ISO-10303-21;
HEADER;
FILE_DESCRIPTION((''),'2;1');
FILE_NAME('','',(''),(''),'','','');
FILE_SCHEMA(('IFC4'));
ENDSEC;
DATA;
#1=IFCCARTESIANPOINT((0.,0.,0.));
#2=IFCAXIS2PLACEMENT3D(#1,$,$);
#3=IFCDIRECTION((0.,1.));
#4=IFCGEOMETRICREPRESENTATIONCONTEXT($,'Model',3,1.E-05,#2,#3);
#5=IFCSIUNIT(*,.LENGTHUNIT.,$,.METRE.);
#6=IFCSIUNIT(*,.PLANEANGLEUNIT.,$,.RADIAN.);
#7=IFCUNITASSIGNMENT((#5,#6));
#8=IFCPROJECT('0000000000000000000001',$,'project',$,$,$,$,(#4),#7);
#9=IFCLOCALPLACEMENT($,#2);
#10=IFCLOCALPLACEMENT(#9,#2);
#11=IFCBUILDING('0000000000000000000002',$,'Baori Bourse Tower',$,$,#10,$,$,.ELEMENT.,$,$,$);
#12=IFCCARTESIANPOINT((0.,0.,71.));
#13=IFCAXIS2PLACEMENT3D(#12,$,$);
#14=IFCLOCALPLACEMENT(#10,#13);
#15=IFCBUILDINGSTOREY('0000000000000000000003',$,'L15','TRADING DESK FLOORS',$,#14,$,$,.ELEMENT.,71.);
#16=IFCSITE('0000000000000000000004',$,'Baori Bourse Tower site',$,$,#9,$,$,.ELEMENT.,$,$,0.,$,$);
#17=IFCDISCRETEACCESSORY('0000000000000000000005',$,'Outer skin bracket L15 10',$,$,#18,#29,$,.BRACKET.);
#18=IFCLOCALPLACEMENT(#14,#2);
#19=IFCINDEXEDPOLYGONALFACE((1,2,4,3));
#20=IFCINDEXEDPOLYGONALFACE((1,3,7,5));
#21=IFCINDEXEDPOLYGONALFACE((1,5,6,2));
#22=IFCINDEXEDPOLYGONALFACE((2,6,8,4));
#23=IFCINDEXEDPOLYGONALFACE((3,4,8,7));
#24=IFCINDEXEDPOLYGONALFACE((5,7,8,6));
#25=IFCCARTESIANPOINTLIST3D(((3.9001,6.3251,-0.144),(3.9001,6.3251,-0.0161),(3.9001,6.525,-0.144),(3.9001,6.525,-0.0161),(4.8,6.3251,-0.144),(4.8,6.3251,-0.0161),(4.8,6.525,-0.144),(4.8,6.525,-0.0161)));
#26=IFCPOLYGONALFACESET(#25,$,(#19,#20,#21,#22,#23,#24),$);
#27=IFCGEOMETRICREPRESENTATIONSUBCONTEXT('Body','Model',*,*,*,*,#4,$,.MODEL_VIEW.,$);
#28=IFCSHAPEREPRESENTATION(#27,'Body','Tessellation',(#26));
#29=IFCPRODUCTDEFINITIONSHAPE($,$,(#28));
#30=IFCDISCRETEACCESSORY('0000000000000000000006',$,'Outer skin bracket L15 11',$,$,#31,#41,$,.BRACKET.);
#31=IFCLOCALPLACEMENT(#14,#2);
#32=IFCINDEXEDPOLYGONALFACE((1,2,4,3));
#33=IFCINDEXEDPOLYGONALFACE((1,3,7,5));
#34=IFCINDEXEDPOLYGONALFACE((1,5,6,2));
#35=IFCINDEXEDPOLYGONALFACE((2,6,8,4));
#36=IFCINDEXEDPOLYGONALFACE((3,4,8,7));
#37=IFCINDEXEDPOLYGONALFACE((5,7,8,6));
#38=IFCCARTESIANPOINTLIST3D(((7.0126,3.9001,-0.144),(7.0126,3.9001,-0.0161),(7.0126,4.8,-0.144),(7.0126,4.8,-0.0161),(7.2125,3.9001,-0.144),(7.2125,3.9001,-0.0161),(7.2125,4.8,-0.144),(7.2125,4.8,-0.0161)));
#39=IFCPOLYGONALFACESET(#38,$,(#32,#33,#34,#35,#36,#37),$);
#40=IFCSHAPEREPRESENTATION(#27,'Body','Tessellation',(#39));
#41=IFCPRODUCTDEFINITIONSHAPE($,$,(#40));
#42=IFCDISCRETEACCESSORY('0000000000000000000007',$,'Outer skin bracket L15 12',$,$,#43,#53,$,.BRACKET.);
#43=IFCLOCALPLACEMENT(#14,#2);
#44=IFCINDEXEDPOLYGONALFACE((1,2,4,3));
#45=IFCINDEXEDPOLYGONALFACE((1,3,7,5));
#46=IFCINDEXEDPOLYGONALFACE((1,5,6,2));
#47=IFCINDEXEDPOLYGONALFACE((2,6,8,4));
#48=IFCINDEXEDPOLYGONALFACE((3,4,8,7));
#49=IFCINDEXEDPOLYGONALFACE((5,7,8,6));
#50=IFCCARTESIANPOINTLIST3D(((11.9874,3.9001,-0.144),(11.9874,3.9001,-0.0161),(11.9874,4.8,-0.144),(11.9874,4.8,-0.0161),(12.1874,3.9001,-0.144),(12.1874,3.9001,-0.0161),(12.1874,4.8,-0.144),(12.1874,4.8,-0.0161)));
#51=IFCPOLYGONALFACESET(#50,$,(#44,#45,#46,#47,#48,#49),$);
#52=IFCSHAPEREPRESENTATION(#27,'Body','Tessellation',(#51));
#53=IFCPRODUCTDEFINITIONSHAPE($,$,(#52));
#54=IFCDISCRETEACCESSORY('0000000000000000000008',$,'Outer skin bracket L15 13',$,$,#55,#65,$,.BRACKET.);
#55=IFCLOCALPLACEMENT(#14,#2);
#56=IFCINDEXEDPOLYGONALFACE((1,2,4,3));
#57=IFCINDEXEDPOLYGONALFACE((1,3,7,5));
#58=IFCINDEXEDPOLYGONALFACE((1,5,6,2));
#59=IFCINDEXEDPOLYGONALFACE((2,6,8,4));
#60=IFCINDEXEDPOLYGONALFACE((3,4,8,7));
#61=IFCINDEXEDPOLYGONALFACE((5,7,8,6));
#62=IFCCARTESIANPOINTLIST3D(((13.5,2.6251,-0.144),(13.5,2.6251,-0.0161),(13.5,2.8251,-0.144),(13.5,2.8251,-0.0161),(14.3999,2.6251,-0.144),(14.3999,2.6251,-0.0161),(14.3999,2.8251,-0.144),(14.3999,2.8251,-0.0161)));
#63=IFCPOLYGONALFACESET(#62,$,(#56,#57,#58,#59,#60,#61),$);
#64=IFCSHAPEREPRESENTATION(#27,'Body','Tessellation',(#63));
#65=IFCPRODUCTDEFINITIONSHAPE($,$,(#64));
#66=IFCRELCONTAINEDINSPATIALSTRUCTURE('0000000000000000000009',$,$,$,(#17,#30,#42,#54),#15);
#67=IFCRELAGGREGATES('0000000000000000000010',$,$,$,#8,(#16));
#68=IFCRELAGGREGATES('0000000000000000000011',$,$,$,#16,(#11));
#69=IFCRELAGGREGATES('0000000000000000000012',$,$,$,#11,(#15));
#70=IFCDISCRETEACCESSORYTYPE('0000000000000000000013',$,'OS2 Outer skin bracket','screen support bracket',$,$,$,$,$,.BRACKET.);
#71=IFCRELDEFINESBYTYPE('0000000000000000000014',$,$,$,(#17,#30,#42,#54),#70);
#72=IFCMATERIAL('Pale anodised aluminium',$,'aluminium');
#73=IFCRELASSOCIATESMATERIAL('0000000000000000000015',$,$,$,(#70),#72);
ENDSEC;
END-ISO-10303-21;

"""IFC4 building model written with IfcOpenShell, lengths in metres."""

from ifc_helpers import new_model, si_unit, direction, frame, origin, origin_2d, place, context, subcontext, project, spatial, rectangle, extrude, material, type_object, element, save


model = new_model("IFC4")

# Units and contexts
model_context = context("Model", 3, precision=1e-05, world=origin(), true_north=direction((0.0, 1.0)))
body_context = subcontext(model_context, "Body", "Model", "MODEL_VIEW")
ifc_project = project(units=[si_unit("LENGTHUNIT", "METRE"), si_unit("PLANEANGLEUNIT", "RADIAN")], contexts=[model_context])

# Site, building, storey
site_placement = place(None, origin())
site = spatial("IfcSite", under=ifc_project, at=site_placement, Name="Baori Bourse Tower site", CompositionType="ELEMENT", RefElevation=0.0)
building_placement = place(site_placement, origin())
building = spatial("IfcBuilding", under=site, at=building_placement, Name="Baori Bourse Tower", CompositionType="ELEMENT")
storey_placement = place(building_placement, frame((0.0, 0.0, 71.0)))
storey = spatial("IfcBuildingStorey", under=building, at=storey_placement, Name="L15", Description="TRADING DESK FLOORS", CompositionType="ELEMENT", Elevation=71.0)

# Discrete accessories
ifc_material_1 = material(Name="Pale anodised aluminium", Category="aluminium")
discrete_accessory_type = type_object("IfcDiscreteAccessoryType", Name="OS2 Outer skin bracket", Description="screen support bracket", PredefinedType="BRACKET", material=ifc_material_1)
for number, where, z_axis, x_axis, name in (
    (1, (4.3501, 6.425, -0.144), (0.0, 0.0, 1.0), (0.0, -1.0, 0.0), "Outer skin bracket L15 10"),
    (2, (7.1125, 4.3501, -0.144), (0.0, 0.0, 1.0), (1.0, 0.0, 0.0), "Outer skin bracket L15 11"),
    (3, (12.0874, 4.3501, -0.144), (0.0, 0.0, 1.0), (1.0, 0.0, 0.0), "Outer skin bracket L15 12"),
    (4, (13.95, 2.7251, -0.144), (0.0, 0.0, 1.0), (0.0, -1.0, 0.0), "Outer skin bracket L15 13"),
):
    element("IfcDiscreteAccessory", number, at=place(storey_placement, frame(where, z_axis=z_axis, x_axis=x_axis)), inside=storey, type_object=discrete_accessory_type, Name=name, PredefinedType="BRACKET", context=body_context, shape_type="SweptSolid", body=[
        extrude(rectangle(XDim=0.2, YDim=0.8999, at=origin_2d()), origin(), (0.0, 0.0, 1.0), 0.1279),
    ])

save(model, "model.ifc")
